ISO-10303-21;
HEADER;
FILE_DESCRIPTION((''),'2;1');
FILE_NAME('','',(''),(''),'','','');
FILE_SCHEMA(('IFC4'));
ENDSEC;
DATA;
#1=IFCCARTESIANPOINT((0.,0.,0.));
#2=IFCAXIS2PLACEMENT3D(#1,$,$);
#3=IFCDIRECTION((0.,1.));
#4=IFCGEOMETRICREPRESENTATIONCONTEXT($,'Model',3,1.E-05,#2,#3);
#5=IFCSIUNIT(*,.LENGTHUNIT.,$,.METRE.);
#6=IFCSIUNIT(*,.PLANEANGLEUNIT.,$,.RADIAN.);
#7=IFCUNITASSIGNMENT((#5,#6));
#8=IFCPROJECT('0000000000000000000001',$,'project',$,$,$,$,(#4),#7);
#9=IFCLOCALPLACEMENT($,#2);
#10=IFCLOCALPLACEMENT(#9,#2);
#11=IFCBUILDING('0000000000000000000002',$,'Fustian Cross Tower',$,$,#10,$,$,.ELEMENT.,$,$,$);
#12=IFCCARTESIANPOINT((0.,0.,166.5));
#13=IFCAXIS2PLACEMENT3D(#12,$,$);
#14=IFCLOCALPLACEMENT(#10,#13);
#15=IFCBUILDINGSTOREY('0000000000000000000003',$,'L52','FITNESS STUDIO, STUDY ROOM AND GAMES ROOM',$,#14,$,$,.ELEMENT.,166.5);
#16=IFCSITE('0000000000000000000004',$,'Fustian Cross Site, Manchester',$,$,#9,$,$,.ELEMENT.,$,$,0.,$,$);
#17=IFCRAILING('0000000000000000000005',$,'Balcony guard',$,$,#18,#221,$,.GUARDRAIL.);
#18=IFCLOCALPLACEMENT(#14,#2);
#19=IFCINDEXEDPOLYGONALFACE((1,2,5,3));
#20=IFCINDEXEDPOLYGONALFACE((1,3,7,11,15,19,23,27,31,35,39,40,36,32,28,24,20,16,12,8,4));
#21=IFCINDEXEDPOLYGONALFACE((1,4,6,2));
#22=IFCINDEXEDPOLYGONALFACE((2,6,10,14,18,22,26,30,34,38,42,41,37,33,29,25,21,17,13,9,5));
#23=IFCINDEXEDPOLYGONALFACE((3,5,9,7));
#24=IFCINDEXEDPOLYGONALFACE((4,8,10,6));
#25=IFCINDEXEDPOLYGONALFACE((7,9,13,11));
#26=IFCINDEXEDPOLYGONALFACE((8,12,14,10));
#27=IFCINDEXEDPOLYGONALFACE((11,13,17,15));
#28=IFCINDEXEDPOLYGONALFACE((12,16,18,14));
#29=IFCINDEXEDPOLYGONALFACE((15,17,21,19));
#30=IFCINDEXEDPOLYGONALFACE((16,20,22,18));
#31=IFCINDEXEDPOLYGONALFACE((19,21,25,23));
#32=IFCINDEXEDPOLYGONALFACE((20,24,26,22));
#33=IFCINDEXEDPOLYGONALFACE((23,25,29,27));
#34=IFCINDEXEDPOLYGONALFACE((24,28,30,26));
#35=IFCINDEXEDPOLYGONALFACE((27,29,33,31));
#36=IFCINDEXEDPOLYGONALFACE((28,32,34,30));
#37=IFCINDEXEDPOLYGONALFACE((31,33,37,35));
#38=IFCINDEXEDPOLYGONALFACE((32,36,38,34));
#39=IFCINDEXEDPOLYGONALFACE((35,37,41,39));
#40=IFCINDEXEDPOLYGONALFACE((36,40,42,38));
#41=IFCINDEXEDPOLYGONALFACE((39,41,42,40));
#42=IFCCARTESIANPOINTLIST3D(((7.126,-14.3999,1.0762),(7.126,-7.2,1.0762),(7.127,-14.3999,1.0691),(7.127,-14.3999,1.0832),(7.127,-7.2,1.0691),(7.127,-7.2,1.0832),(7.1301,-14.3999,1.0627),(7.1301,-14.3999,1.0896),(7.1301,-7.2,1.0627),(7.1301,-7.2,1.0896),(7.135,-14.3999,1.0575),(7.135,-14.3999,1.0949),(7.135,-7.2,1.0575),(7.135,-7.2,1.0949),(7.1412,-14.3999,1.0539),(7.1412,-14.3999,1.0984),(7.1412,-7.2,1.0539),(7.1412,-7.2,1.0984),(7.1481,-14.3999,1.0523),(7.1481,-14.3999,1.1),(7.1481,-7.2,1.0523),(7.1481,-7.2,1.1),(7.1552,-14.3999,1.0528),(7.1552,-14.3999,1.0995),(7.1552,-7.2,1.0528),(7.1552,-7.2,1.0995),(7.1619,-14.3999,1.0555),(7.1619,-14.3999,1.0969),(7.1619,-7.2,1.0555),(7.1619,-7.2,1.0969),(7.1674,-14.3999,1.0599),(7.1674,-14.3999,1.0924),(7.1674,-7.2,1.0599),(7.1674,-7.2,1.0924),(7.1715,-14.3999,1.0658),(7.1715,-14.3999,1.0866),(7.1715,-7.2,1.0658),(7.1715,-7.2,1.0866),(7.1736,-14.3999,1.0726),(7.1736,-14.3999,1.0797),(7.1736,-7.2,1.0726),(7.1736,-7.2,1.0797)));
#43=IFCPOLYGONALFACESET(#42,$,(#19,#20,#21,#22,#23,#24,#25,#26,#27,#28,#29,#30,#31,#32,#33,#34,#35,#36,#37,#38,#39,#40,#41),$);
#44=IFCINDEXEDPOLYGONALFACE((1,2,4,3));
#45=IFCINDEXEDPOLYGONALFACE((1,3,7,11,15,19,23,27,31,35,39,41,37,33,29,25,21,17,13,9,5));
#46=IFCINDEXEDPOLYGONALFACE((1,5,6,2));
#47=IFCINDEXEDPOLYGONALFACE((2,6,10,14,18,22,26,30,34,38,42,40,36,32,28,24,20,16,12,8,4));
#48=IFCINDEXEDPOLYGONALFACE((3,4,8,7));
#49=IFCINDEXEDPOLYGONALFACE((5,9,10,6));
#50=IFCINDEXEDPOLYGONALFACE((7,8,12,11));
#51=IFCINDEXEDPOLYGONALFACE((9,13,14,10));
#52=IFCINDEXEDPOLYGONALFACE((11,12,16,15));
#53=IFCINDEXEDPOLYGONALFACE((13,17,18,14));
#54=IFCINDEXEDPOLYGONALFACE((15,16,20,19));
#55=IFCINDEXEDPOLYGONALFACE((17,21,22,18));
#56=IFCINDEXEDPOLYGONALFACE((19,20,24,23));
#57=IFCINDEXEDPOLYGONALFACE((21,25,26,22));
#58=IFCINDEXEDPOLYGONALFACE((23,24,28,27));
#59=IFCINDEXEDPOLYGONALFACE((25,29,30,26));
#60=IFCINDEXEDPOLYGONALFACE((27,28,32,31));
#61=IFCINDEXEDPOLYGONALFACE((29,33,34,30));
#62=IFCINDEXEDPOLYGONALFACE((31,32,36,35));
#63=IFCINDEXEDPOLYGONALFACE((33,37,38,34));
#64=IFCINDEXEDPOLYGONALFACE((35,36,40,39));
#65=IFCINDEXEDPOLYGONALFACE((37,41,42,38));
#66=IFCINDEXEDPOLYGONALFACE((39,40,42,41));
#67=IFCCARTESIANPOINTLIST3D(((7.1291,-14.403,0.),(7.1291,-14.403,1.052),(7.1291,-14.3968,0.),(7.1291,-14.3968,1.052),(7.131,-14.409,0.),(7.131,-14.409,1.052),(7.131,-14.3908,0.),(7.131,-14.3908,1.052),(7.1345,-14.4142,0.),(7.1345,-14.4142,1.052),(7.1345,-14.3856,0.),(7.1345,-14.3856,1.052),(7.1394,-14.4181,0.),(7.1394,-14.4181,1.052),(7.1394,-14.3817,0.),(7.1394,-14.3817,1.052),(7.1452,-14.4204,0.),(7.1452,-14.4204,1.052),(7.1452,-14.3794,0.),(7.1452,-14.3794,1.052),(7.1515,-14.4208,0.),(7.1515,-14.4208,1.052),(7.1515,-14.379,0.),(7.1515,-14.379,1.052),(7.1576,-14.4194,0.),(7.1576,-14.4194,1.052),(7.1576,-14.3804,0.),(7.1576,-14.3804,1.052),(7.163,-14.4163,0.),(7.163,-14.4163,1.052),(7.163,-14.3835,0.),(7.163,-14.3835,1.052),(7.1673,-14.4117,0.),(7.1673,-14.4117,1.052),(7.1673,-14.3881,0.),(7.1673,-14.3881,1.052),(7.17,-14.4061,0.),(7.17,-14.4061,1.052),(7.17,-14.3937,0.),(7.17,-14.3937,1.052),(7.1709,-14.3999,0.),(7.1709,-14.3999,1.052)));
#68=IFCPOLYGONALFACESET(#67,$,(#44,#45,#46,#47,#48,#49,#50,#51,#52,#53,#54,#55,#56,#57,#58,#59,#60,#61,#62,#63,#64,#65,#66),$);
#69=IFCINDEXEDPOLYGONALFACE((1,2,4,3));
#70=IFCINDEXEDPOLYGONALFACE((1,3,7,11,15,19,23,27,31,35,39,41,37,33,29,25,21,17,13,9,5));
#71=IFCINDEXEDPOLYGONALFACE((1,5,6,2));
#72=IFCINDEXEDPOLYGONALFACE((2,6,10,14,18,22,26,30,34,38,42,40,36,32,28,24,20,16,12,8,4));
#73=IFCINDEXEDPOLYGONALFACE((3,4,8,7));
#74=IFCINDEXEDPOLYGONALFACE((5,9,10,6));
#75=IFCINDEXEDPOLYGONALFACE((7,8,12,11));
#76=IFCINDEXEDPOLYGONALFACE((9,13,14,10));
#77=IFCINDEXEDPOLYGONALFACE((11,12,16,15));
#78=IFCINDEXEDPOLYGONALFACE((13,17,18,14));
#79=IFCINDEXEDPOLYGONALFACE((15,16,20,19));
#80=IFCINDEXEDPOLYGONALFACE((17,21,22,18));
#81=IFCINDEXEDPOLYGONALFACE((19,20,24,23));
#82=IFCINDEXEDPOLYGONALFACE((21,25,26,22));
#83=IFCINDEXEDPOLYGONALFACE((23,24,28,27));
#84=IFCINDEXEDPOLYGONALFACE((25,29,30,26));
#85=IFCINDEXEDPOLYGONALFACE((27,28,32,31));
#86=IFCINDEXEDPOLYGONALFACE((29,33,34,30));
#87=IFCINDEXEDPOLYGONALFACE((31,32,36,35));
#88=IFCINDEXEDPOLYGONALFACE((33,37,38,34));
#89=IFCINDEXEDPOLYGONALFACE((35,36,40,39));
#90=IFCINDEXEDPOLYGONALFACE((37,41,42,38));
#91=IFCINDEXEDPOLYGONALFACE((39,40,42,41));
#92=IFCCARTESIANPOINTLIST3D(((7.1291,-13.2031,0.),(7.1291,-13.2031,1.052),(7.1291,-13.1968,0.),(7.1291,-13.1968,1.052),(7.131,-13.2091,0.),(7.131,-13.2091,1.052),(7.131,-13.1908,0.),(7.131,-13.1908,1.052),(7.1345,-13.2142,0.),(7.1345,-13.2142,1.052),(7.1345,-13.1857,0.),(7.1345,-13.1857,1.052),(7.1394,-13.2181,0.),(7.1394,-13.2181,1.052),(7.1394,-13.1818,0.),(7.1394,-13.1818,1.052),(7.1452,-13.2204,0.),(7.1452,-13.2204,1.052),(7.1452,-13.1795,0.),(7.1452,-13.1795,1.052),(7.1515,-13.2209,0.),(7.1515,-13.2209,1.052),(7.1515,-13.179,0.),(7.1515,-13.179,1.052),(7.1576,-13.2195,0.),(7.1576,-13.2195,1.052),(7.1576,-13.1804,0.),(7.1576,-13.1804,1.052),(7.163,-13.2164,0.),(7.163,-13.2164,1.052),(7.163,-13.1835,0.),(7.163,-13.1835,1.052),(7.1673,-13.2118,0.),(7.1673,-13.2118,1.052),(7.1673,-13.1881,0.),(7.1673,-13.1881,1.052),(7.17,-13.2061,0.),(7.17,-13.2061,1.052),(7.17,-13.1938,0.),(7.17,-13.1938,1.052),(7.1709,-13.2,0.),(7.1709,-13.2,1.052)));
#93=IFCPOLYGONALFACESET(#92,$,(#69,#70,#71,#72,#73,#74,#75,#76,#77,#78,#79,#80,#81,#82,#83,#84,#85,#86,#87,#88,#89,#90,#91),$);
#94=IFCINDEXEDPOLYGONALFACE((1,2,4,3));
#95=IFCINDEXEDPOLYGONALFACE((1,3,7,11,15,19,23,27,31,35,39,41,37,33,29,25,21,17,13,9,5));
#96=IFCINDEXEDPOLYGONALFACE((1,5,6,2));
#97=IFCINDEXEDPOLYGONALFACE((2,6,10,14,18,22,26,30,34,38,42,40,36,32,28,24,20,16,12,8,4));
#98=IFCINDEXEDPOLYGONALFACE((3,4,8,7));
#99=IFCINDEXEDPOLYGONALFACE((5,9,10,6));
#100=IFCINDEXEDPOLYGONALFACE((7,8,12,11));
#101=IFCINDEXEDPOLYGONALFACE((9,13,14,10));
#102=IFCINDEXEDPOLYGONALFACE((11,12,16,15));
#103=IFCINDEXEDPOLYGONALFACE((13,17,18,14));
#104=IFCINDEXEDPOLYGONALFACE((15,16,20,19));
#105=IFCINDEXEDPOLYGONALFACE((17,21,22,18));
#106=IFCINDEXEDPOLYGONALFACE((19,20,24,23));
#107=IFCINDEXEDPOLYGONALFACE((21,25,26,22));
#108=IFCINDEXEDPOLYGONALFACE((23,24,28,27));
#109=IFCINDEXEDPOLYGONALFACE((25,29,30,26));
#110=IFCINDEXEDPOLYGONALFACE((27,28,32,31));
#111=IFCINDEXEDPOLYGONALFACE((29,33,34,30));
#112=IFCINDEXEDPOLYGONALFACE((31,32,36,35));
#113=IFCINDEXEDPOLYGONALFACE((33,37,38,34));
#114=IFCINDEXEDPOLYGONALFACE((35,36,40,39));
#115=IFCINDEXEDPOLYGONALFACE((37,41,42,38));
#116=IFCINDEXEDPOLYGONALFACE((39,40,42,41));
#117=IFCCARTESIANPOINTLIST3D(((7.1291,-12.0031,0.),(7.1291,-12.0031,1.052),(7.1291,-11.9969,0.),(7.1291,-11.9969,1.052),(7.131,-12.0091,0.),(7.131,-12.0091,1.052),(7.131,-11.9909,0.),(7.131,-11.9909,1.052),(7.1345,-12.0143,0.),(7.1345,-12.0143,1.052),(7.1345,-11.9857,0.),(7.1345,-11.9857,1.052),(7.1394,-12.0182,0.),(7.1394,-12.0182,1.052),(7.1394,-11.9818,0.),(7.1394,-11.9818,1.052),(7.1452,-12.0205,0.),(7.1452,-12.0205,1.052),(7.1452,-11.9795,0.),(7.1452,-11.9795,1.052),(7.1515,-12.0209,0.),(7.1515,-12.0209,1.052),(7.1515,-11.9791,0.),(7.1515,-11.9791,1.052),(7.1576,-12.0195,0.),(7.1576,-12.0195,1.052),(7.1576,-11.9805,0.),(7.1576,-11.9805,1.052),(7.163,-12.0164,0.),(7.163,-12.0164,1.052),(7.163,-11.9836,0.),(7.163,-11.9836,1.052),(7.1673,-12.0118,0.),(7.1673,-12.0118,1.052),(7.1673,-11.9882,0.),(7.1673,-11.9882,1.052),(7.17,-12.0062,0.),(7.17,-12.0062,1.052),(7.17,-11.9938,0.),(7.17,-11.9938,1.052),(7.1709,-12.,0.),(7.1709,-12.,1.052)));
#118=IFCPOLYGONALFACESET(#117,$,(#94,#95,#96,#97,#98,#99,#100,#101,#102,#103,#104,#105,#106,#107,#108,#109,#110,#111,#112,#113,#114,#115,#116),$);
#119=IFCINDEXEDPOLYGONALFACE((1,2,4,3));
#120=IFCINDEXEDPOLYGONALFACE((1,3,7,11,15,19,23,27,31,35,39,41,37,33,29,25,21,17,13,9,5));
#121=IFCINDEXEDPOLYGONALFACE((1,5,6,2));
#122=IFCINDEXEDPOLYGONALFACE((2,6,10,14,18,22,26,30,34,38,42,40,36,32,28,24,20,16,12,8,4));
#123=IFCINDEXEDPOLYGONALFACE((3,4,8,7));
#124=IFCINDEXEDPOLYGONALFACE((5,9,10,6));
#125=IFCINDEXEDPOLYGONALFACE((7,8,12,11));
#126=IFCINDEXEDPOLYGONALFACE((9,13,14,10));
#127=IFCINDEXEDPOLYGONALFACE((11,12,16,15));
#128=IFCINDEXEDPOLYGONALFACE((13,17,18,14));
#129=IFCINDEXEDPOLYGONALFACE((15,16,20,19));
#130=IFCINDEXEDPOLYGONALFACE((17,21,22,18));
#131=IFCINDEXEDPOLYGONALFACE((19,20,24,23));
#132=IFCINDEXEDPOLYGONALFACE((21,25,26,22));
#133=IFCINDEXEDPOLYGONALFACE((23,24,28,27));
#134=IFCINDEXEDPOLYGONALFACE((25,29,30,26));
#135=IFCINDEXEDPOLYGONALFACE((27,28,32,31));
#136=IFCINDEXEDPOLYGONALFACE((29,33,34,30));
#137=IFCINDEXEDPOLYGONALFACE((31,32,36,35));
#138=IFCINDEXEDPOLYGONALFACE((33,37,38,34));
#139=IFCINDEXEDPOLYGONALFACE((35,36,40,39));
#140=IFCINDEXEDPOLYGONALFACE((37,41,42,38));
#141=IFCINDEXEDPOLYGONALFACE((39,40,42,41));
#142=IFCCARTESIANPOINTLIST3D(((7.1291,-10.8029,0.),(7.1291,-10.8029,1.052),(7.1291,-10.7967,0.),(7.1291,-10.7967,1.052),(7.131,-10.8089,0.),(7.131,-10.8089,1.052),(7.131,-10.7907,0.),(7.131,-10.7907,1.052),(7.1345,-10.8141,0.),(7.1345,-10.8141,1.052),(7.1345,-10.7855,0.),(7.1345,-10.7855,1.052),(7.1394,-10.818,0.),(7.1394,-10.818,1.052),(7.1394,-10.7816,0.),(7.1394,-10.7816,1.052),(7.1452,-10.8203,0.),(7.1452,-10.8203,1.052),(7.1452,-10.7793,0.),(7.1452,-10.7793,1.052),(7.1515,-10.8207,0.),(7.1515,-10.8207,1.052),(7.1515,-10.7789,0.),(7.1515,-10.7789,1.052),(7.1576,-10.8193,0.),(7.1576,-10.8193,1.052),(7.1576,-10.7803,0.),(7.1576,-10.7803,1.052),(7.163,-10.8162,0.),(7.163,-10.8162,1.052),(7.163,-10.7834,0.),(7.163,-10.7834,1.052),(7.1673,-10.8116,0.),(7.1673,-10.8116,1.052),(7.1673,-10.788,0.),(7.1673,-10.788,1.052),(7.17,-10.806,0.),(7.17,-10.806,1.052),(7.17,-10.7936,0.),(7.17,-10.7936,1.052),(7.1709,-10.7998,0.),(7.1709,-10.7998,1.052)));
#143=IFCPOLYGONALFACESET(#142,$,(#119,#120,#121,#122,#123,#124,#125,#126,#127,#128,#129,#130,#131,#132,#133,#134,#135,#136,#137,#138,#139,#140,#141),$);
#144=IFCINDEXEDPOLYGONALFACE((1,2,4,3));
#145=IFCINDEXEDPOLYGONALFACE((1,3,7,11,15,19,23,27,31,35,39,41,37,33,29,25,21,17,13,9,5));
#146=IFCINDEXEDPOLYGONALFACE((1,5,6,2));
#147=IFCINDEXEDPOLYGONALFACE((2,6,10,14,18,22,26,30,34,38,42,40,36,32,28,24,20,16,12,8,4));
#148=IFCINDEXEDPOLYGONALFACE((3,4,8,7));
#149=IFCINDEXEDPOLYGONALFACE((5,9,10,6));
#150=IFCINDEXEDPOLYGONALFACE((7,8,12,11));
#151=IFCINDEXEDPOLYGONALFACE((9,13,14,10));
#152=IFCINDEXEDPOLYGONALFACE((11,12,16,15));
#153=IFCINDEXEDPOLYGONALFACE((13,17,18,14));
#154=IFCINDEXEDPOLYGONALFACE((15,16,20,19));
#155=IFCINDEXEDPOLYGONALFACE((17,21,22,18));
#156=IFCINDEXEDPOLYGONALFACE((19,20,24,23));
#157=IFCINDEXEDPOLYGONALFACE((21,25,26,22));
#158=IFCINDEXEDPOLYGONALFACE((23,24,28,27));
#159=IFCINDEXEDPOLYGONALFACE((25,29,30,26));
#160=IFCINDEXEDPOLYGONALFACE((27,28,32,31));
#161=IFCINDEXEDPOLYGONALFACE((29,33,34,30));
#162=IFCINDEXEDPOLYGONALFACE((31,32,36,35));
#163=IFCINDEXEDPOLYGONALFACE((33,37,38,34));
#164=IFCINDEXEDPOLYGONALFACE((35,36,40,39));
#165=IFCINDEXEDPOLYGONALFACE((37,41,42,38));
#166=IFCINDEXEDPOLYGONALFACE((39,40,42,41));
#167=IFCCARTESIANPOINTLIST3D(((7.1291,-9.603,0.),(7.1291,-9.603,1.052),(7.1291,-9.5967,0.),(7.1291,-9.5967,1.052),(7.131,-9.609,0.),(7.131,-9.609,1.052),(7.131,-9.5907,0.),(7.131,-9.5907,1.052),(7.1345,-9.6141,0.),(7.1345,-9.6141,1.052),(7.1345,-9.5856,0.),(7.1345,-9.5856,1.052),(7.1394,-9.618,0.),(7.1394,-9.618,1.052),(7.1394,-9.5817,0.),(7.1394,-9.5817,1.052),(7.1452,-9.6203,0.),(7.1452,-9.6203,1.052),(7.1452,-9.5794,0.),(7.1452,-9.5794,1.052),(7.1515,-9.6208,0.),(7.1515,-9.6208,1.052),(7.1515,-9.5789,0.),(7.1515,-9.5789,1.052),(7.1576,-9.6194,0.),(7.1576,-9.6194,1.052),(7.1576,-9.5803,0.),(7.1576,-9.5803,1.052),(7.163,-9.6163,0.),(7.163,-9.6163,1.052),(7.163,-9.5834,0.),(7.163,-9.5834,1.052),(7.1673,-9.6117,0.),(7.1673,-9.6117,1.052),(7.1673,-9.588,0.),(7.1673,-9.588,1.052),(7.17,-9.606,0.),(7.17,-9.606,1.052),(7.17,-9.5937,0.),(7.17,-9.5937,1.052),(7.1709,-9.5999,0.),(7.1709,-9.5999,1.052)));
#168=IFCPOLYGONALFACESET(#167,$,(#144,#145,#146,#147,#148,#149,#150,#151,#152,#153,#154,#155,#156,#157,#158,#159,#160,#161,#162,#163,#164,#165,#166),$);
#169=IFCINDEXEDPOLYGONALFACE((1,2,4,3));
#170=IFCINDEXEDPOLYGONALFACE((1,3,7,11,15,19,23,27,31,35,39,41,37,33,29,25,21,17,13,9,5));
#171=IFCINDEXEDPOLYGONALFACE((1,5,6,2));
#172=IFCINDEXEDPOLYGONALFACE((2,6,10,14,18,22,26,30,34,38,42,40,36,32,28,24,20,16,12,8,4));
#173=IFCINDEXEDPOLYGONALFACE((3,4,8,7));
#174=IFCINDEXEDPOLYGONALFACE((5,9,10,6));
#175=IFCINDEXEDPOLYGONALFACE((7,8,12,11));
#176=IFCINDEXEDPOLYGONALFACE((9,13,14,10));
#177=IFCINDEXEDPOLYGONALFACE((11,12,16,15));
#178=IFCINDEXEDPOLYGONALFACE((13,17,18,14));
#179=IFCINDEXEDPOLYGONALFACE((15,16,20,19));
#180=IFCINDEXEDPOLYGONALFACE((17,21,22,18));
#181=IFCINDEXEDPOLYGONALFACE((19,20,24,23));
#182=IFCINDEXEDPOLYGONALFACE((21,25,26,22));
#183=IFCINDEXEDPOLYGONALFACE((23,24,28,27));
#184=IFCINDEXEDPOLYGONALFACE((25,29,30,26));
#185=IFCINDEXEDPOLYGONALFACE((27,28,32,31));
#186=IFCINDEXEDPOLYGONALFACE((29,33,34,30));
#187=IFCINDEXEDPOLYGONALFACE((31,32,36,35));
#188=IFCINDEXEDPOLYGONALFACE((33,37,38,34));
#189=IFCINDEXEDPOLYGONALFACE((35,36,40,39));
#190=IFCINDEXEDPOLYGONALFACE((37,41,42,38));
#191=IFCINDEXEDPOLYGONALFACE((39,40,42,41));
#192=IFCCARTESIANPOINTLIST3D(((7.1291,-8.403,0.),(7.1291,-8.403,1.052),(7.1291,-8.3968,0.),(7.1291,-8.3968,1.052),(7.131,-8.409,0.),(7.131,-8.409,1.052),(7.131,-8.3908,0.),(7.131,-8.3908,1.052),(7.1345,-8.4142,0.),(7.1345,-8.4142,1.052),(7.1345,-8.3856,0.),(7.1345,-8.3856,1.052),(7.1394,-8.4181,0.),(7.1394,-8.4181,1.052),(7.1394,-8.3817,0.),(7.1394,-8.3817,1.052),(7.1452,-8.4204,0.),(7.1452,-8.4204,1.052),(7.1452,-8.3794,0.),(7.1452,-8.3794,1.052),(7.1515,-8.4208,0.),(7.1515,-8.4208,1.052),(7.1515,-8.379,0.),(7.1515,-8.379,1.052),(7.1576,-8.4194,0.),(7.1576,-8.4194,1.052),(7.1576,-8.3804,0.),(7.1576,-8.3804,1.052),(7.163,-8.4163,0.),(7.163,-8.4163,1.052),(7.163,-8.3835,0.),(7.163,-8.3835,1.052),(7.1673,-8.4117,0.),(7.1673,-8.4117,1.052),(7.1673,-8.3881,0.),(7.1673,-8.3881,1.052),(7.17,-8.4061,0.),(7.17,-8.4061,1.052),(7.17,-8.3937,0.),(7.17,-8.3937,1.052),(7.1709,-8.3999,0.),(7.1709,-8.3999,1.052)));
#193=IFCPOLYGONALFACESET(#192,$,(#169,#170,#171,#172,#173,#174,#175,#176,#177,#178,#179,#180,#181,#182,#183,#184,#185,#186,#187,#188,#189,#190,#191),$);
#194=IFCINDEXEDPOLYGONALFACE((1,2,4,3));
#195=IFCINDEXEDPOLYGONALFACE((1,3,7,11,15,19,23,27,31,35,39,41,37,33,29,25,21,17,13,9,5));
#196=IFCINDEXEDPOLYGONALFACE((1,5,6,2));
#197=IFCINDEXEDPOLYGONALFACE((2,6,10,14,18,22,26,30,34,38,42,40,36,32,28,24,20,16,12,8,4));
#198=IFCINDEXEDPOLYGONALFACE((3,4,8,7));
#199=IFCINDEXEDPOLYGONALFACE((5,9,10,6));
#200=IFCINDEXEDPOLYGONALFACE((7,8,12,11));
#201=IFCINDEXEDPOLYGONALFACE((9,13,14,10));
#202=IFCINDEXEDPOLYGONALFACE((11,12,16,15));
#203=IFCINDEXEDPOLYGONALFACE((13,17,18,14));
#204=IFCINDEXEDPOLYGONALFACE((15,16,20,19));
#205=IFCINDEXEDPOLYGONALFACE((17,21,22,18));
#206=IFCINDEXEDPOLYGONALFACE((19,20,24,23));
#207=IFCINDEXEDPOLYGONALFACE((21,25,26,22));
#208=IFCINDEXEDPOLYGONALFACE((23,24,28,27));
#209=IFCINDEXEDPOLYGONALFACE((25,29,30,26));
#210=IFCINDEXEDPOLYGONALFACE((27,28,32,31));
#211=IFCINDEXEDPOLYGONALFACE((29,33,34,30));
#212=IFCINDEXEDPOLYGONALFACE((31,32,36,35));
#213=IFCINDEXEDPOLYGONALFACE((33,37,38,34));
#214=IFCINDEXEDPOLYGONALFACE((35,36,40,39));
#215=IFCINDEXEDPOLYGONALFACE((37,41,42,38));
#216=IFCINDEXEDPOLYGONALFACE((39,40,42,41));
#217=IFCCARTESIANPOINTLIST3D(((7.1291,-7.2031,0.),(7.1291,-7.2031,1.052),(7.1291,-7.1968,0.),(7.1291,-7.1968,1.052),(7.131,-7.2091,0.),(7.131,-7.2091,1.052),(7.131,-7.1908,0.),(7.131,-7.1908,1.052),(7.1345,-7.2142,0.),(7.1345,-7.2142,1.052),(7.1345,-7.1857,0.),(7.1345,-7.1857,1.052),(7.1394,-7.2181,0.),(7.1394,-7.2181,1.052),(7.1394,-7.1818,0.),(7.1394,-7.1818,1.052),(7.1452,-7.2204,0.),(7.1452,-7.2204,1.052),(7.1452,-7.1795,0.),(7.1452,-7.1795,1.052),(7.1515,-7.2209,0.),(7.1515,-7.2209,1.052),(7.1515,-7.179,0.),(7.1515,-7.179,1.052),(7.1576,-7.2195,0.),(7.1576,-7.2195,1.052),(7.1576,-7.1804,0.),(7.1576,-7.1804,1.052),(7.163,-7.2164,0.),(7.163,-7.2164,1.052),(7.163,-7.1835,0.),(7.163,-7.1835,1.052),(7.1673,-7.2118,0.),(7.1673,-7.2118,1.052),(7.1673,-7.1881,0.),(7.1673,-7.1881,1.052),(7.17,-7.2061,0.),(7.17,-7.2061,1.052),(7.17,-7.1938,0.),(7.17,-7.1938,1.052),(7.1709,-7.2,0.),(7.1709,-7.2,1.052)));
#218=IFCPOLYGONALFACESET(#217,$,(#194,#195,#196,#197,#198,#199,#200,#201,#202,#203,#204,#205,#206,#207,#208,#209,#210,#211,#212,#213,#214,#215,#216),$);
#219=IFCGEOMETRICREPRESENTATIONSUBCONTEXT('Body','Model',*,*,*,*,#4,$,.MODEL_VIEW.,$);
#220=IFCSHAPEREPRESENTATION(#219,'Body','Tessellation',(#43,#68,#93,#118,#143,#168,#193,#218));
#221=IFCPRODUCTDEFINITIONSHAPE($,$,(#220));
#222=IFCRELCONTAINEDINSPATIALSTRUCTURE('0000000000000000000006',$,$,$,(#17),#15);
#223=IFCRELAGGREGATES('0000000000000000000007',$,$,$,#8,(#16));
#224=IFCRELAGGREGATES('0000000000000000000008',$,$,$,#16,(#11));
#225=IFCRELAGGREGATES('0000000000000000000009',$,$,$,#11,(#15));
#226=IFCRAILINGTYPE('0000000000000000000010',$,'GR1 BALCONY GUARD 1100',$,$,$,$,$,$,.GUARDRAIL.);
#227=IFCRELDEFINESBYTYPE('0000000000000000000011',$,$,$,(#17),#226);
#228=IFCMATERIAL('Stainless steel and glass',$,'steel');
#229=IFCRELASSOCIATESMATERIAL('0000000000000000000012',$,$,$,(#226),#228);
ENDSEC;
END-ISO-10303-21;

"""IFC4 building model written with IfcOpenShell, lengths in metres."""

from ifc_helpers import new_model, si_unit, direction, frame, origin, origin_2d, place, context, subcontext, project, spatial, circle, extrude, material, type_object, element, save


model = new_model("IFC4")

# Units and contexts
model_context = context("Model", 3, precision=1e-05, world=origin(), true_north=direction((0.0, 1.0)))
body_context = subcontext(model_context, "Body", "Model", "MODEL_VIEW")
ifc_project = project(units=[si_unit("LENGTHUNIT", "METRE"), si_unit("PLANEANGLEUNIT", "RADIAN")], contexts=[model_context])

# Site, building, storey
site_placement = place(None, origin())
site = spatial("IfcSite", under=ifc_project, at=site_placement, Name="Fustian Cross Site, Manchester", CompositionType="ELEMENT", RefElevation=0.0)
building_placement = place(site_placement, origin())
building = spatial("IfcBuilding", under=site, at=building_placement, Name="Fustian Cross Tower", CompositionType="ELEMENT")
storey_placement = place(building_placement, frame((0.0, 0.0, 166.5)))
storey = spatial("IfcBuildingStorey", under=building, at=storey_placement, Name="L52", Description="FITNESS STUDIO, STUDY ROOM AND GAMES ROOM", CompositionType="ELEMENT", Elevation=166.5)

# Railing
ifc_material_1 = material(Name="Stainless steel and glass", Category="steel")
railing_type = type_object("IfcRailingType", Name="GR1 BALCONY GUARD 1100", PredefinedType="GUARDRAIL", material=ifc_material_1)
railing_placement = place(storey_placement, frame((7.1499, -14.3999, 0.0)))
element("IfcRailing", 1, at=railing_placement, inside=storey, type_object=railing_type, Name="Balcony guard", PredefinedType="GUARDRAIL", context=body_context, shape_type="SweptSolid", body=[
    extrude(circle(Radius=0.0239, at=origin_2d()), frame((0.0, 0.0, 1.0762), z_axis=(0.0, 1.0, 0.0), x_axis=(-1.0, 0.0, 0.0)), (0.0, 0.0, 1.0), 7.2),
    extrude(circle(Radius=0.021, at=origin_2d()), origin(), (0.0, 0.0, 1.0), 1.052),
    extrude(circle(Radius=0.021, at=origin_2d()), frame((0.0, 1.2, 0.0)), (0.0, 0.0, 1.0), 1.052),
    extrude(circle(Radius=0.021, at=origin_2d()), frame((0.0, 2.3999, 0.0)), (0.0, 0.0, 1.0), 1.052),
    extrude(circle(Radius=0.021, at=origin_2d()), frame((0.0, 3.6001, 0.0)), (0.0, 0.0, 1.0), 1.052),
    extrude(circle(Radius=0.021, at=origin_2d()), frame((0.0, 4.8, 0.0)), (0.0, 0.0, 1.0), 1.052),
    extrude(circle(Radius=0.021, at=origin_2d()), frame((0.0, 6.0, 0.0)), (0.0, 0.0, 1.0), 1.052),
    extrude(circle(Radius=0.021, at=origin_2d()), frame((0.0, 7.2, 0.0)), (0.0, 0.0, 1.0), 1.052),
])

save(model, "model.ifc")
